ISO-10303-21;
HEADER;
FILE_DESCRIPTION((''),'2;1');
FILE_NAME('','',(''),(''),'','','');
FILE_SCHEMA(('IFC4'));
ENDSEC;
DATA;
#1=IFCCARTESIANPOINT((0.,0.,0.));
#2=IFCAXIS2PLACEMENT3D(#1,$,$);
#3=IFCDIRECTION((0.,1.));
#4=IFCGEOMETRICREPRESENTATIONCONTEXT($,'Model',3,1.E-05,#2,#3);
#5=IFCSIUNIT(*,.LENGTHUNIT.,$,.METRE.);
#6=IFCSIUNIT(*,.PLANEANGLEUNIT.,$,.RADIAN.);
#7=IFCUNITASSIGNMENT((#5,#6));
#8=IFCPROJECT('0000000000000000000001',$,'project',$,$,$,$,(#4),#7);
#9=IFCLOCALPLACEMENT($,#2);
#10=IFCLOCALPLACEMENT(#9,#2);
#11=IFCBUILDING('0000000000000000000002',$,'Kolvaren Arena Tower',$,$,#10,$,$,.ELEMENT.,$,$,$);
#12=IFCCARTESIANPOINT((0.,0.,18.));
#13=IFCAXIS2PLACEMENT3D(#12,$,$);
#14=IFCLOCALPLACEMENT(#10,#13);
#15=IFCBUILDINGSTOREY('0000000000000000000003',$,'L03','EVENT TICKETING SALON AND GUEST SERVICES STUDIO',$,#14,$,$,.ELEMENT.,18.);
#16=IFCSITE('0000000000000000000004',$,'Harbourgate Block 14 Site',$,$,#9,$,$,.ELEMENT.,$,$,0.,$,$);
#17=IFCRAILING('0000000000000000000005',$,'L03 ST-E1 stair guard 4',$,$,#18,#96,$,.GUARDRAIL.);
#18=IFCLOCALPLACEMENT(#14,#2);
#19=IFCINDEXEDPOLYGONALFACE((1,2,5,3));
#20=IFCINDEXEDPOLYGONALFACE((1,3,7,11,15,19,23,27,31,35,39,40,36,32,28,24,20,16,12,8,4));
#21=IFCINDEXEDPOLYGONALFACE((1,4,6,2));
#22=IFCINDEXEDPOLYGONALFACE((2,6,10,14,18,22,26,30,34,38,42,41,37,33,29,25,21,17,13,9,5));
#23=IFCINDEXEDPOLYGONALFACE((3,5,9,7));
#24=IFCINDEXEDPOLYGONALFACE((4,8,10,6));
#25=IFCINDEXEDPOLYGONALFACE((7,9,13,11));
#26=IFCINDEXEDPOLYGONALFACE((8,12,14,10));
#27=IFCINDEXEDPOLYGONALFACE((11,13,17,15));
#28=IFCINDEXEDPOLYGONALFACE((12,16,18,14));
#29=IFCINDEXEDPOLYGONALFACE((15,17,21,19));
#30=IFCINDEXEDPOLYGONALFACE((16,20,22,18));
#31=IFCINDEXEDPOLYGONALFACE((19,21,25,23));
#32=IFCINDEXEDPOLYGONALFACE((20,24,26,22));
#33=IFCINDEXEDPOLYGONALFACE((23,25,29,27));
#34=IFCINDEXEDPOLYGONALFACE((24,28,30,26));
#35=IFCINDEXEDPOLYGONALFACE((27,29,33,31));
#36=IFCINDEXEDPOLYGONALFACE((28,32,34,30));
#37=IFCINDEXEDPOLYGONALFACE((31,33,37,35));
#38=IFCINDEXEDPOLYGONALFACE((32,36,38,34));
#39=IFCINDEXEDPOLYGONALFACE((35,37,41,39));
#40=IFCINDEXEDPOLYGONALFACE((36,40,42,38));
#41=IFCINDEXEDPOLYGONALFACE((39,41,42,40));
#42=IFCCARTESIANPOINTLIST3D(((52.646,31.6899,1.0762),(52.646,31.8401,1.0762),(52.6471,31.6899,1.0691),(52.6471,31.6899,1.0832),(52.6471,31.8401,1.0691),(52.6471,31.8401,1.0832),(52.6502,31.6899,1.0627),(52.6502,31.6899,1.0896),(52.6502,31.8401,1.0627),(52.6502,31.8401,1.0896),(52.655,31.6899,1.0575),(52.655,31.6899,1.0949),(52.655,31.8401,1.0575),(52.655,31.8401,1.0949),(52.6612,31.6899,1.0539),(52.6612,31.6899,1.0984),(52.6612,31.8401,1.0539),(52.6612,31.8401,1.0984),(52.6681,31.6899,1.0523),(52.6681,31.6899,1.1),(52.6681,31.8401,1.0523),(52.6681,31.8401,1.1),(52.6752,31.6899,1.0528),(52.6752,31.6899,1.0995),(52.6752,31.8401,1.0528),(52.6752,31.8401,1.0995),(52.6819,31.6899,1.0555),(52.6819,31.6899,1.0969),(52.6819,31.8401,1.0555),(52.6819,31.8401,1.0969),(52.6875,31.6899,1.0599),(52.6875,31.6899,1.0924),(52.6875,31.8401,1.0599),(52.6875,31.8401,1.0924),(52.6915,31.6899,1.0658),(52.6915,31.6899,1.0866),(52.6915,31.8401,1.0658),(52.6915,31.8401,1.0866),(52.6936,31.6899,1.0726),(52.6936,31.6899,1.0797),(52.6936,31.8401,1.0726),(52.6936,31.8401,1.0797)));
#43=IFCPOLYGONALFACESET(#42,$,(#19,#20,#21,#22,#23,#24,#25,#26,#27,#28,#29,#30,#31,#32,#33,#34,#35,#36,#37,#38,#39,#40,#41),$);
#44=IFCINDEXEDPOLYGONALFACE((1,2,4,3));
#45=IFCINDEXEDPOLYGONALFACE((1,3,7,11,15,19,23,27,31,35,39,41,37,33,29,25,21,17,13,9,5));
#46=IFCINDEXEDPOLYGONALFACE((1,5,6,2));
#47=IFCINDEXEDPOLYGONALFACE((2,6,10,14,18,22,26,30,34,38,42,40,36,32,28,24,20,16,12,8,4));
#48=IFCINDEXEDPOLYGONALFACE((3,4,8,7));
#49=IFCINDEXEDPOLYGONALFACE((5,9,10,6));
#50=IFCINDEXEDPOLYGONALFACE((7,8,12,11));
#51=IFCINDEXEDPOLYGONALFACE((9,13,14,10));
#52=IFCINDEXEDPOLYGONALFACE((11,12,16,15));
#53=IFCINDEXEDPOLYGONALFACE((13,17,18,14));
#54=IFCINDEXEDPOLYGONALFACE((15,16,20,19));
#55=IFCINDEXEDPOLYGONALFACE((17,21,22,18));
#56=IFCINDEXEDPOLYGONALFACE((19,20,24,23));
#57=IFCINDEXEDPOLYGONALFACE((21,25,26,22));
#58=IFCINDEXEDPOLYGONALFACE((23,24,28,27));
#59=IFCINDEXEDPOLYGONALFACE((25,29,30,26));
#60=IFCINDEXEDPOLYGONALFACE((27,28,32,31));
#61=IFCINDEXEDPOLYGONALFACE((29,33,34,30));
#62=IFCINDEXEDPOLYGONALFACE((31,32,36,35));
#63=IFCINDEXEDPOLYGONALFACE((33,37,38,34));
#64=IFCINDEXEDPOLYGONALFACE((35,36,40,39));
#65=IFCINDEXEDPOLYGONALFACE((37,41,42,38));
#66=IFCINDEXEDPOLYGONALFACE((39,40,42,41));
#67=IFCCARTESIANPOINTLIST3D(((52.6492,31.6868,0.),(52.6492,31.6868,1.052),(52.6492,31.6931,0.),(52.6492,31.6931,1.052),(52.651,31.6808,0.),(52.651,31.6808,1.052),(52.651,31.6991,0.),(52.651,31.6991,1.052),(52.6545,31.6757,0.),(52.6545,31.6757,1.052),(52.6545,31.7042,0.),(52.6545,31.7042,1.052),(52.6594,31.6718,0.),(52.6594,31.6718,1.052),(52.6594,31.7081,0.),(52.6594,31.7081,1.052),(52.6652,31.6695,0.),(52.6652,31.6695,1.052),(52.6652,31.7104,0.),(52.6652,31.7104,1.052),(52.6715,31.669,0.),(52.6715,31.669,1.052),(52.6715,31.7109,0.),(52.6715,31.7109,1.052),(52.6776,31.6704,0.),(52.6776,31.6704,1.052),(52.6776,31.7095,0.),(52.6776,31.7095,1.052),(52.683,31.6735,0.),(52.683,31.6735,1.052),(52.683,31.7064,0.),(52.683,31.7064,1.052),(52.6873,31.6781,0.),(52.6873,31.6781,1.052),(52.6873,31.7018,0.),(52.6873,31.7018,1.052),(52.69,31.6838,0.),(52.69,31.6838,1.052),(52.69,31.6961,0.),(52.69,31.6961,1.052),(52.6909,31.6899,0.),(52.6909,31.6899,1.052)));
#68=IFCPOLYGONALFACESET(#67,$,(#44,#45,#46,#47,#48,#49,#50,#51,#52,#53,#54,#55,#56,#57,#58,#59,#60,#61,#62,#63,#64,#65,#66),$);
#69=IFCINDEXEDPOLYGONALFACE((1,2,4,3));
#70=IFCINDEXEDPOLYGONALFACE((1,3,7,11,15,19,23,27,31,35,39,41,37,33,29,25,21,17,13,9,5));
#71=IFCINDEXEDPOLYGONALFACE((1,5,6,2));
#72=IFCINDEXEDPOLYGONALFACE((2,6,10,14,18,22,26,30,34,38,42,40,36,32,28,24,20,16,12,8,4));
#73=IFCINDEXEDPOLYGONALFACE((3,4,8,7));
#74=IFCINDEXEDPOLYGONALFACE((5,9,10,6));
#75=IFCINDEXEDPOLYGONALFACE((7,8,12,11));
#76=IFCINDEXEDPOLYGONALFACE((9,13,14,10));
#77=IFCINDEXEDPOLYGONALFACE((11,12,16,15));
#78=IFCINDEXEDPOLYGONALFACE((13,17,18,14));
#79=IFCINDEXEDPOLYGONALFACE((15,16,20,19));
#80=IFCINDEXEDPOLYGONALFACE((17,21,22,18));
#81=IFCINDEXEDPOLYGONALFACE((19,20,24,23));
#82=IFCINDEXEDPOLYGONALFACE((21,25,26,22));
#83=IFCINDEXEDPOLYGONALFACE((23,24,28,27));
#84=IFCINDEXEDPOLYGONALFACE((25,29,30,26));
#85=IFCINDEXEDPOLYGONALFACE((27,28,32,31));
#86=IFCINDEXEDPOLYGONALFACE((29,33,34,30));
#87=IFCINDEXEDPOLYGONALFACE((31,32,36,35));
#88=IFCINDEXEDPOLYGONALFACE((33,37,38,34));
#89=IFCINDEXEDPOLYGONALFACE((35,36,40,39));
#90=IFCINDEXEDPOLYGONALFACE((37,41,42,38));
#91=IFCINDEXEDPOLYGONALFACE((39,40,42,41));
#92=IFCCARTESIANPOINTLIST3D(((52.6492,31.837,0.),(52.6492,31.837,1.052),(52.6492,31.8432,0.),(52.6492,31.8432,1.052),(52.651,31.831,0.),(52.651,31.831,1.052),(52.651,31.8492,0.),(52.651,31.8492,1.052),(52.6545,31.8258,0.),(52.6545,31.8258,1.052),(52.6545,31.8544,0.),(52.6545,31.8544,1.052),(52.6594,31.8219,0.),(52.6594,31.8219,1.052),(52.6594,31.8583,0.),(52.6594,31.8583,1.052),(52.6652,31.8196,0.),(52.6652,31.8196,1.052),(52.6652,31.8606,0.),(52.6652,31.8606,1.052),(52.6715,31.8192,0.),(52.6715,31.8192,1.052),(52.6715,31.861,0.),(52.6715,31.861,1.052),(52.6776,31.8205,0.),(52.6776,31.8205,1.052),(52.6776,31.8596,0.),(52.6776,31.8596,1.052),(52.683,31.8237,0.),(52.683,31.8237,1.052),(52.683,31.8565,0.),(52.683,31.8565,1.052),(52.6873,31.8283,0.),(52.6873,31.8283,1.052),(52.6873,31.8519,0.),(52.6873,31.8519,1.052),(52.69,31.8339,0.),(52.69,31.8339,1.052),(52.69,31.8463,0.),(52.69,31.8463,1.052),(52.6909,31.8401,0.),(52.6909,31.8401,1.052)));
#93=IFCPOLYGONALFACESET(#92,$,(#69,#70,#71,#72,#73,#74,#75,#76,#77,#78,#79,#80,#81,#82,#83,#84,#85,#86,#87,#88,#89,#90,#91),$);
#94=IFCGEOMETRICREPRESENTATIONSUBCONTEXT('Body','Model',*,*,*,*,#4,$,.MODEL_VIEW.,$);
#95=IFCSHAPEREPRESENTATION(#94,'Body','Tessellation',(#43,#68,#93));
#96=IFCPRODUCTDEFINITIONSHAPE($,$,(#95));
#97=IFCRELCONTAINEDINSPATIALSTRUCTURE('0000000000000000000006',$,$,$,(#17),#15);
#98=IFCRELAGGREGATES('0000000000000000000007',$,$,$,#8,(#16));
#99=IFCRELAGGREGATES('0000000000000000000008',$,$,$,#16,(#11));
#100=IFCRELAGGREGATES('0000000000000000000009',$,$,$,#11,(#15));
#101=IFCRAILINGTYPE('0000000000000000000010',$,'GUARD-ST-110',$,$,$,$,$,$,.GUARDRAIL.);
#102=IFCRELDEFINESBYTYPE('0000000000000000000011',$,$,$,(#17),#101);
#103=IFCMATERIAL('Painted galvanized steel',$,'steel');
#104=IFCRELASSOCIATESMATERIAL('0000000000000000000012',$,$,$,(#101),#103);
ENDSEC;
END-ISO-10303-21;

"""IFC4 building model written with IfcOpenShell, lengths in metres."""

from ifc_helpers import new_model, si_unit, direction, frame, origin, origin_2d, place, context, subcontext, project, spatial, circle, extrude, material, type_object, element, save


model = new_model("IFC4")

# Units and contexts
model_context = context("Model", 3, precision=1e-05, world=origin(), true_north=direction((0.0, 1.0)))
body_context = subcontext(model_context, "Body", "Model", "MODEL_VIEW")
ifc_project = project(units=[si_unit("LENGTHUNIT", "METRE"), si_unit("PLANEANGLEUNIT", "RADIAN")], contexts=[model_context])

# Site, building, storey
site_placement = place(None, origin())
site = spatial("IfcSite", under=ifc_project, at=site_placement, Name="Harbourgate Block 14 Site", CompositionType="ELEMENT", RefElevation=0.0)
building_placement = place(site_placement, origin())
building = spatial("IfcBuilding", under=site, at=building_placement, Name="Kolvaren Arena Tower", CompositionType="ELEMENT")
storey_placement = place(building_placement, frame((0.0, 0.0, 18.0)))
storey = spatial("IfcBuildingStorey", under=building, at=storey_placement, Name="L03", Description="EVENT TICKETING SALON AND GUEST SERVICES STUDIO", CompositionType="ELEMENT", Elevation=18.0)

# Railing
ifc_material_1 = material(Name="Painted galvanized steel", Category="steel")
railing_type_1 = type_object("IfcRailingType", Name="GUARD-ST-110", PredefinedType="GUARDRAIL", material=ifc_material_1)
railing_1_placement = place(storey_placement, frame((52.6699, 31.6899, 0.0)))
element("IfcRailing", 1, at=railing_1_placement, inside=storey, type_object=railing_type_1, Name="L03 ST-E1 stair guard 4", PredefinedType="GUARDRAIL", context=body_context, shape_type="SweptSolid", body=[
    extrude(circle(Radius=0.0239, at=origin_2d()), frame((0.0, 0.0, 1.0762), z_axis=(0.0, 1.0, 0.0), x_axis=(-1.0, 0.0, 0.0)), (0.0, 0.0, 1.0), 0.1501),
    extrude(circle(Radius=0.021, at=origin_2d()), origin(), (0.0, 0.0, 1.0), 1.052),
    extrude(circle(Radius=0.021, at=origin_2d()), frame((0.0, 0.1501, 0.0)), (0.0, 0.0, 1.0), 1.052),
])

save(model, "model.ifc")
